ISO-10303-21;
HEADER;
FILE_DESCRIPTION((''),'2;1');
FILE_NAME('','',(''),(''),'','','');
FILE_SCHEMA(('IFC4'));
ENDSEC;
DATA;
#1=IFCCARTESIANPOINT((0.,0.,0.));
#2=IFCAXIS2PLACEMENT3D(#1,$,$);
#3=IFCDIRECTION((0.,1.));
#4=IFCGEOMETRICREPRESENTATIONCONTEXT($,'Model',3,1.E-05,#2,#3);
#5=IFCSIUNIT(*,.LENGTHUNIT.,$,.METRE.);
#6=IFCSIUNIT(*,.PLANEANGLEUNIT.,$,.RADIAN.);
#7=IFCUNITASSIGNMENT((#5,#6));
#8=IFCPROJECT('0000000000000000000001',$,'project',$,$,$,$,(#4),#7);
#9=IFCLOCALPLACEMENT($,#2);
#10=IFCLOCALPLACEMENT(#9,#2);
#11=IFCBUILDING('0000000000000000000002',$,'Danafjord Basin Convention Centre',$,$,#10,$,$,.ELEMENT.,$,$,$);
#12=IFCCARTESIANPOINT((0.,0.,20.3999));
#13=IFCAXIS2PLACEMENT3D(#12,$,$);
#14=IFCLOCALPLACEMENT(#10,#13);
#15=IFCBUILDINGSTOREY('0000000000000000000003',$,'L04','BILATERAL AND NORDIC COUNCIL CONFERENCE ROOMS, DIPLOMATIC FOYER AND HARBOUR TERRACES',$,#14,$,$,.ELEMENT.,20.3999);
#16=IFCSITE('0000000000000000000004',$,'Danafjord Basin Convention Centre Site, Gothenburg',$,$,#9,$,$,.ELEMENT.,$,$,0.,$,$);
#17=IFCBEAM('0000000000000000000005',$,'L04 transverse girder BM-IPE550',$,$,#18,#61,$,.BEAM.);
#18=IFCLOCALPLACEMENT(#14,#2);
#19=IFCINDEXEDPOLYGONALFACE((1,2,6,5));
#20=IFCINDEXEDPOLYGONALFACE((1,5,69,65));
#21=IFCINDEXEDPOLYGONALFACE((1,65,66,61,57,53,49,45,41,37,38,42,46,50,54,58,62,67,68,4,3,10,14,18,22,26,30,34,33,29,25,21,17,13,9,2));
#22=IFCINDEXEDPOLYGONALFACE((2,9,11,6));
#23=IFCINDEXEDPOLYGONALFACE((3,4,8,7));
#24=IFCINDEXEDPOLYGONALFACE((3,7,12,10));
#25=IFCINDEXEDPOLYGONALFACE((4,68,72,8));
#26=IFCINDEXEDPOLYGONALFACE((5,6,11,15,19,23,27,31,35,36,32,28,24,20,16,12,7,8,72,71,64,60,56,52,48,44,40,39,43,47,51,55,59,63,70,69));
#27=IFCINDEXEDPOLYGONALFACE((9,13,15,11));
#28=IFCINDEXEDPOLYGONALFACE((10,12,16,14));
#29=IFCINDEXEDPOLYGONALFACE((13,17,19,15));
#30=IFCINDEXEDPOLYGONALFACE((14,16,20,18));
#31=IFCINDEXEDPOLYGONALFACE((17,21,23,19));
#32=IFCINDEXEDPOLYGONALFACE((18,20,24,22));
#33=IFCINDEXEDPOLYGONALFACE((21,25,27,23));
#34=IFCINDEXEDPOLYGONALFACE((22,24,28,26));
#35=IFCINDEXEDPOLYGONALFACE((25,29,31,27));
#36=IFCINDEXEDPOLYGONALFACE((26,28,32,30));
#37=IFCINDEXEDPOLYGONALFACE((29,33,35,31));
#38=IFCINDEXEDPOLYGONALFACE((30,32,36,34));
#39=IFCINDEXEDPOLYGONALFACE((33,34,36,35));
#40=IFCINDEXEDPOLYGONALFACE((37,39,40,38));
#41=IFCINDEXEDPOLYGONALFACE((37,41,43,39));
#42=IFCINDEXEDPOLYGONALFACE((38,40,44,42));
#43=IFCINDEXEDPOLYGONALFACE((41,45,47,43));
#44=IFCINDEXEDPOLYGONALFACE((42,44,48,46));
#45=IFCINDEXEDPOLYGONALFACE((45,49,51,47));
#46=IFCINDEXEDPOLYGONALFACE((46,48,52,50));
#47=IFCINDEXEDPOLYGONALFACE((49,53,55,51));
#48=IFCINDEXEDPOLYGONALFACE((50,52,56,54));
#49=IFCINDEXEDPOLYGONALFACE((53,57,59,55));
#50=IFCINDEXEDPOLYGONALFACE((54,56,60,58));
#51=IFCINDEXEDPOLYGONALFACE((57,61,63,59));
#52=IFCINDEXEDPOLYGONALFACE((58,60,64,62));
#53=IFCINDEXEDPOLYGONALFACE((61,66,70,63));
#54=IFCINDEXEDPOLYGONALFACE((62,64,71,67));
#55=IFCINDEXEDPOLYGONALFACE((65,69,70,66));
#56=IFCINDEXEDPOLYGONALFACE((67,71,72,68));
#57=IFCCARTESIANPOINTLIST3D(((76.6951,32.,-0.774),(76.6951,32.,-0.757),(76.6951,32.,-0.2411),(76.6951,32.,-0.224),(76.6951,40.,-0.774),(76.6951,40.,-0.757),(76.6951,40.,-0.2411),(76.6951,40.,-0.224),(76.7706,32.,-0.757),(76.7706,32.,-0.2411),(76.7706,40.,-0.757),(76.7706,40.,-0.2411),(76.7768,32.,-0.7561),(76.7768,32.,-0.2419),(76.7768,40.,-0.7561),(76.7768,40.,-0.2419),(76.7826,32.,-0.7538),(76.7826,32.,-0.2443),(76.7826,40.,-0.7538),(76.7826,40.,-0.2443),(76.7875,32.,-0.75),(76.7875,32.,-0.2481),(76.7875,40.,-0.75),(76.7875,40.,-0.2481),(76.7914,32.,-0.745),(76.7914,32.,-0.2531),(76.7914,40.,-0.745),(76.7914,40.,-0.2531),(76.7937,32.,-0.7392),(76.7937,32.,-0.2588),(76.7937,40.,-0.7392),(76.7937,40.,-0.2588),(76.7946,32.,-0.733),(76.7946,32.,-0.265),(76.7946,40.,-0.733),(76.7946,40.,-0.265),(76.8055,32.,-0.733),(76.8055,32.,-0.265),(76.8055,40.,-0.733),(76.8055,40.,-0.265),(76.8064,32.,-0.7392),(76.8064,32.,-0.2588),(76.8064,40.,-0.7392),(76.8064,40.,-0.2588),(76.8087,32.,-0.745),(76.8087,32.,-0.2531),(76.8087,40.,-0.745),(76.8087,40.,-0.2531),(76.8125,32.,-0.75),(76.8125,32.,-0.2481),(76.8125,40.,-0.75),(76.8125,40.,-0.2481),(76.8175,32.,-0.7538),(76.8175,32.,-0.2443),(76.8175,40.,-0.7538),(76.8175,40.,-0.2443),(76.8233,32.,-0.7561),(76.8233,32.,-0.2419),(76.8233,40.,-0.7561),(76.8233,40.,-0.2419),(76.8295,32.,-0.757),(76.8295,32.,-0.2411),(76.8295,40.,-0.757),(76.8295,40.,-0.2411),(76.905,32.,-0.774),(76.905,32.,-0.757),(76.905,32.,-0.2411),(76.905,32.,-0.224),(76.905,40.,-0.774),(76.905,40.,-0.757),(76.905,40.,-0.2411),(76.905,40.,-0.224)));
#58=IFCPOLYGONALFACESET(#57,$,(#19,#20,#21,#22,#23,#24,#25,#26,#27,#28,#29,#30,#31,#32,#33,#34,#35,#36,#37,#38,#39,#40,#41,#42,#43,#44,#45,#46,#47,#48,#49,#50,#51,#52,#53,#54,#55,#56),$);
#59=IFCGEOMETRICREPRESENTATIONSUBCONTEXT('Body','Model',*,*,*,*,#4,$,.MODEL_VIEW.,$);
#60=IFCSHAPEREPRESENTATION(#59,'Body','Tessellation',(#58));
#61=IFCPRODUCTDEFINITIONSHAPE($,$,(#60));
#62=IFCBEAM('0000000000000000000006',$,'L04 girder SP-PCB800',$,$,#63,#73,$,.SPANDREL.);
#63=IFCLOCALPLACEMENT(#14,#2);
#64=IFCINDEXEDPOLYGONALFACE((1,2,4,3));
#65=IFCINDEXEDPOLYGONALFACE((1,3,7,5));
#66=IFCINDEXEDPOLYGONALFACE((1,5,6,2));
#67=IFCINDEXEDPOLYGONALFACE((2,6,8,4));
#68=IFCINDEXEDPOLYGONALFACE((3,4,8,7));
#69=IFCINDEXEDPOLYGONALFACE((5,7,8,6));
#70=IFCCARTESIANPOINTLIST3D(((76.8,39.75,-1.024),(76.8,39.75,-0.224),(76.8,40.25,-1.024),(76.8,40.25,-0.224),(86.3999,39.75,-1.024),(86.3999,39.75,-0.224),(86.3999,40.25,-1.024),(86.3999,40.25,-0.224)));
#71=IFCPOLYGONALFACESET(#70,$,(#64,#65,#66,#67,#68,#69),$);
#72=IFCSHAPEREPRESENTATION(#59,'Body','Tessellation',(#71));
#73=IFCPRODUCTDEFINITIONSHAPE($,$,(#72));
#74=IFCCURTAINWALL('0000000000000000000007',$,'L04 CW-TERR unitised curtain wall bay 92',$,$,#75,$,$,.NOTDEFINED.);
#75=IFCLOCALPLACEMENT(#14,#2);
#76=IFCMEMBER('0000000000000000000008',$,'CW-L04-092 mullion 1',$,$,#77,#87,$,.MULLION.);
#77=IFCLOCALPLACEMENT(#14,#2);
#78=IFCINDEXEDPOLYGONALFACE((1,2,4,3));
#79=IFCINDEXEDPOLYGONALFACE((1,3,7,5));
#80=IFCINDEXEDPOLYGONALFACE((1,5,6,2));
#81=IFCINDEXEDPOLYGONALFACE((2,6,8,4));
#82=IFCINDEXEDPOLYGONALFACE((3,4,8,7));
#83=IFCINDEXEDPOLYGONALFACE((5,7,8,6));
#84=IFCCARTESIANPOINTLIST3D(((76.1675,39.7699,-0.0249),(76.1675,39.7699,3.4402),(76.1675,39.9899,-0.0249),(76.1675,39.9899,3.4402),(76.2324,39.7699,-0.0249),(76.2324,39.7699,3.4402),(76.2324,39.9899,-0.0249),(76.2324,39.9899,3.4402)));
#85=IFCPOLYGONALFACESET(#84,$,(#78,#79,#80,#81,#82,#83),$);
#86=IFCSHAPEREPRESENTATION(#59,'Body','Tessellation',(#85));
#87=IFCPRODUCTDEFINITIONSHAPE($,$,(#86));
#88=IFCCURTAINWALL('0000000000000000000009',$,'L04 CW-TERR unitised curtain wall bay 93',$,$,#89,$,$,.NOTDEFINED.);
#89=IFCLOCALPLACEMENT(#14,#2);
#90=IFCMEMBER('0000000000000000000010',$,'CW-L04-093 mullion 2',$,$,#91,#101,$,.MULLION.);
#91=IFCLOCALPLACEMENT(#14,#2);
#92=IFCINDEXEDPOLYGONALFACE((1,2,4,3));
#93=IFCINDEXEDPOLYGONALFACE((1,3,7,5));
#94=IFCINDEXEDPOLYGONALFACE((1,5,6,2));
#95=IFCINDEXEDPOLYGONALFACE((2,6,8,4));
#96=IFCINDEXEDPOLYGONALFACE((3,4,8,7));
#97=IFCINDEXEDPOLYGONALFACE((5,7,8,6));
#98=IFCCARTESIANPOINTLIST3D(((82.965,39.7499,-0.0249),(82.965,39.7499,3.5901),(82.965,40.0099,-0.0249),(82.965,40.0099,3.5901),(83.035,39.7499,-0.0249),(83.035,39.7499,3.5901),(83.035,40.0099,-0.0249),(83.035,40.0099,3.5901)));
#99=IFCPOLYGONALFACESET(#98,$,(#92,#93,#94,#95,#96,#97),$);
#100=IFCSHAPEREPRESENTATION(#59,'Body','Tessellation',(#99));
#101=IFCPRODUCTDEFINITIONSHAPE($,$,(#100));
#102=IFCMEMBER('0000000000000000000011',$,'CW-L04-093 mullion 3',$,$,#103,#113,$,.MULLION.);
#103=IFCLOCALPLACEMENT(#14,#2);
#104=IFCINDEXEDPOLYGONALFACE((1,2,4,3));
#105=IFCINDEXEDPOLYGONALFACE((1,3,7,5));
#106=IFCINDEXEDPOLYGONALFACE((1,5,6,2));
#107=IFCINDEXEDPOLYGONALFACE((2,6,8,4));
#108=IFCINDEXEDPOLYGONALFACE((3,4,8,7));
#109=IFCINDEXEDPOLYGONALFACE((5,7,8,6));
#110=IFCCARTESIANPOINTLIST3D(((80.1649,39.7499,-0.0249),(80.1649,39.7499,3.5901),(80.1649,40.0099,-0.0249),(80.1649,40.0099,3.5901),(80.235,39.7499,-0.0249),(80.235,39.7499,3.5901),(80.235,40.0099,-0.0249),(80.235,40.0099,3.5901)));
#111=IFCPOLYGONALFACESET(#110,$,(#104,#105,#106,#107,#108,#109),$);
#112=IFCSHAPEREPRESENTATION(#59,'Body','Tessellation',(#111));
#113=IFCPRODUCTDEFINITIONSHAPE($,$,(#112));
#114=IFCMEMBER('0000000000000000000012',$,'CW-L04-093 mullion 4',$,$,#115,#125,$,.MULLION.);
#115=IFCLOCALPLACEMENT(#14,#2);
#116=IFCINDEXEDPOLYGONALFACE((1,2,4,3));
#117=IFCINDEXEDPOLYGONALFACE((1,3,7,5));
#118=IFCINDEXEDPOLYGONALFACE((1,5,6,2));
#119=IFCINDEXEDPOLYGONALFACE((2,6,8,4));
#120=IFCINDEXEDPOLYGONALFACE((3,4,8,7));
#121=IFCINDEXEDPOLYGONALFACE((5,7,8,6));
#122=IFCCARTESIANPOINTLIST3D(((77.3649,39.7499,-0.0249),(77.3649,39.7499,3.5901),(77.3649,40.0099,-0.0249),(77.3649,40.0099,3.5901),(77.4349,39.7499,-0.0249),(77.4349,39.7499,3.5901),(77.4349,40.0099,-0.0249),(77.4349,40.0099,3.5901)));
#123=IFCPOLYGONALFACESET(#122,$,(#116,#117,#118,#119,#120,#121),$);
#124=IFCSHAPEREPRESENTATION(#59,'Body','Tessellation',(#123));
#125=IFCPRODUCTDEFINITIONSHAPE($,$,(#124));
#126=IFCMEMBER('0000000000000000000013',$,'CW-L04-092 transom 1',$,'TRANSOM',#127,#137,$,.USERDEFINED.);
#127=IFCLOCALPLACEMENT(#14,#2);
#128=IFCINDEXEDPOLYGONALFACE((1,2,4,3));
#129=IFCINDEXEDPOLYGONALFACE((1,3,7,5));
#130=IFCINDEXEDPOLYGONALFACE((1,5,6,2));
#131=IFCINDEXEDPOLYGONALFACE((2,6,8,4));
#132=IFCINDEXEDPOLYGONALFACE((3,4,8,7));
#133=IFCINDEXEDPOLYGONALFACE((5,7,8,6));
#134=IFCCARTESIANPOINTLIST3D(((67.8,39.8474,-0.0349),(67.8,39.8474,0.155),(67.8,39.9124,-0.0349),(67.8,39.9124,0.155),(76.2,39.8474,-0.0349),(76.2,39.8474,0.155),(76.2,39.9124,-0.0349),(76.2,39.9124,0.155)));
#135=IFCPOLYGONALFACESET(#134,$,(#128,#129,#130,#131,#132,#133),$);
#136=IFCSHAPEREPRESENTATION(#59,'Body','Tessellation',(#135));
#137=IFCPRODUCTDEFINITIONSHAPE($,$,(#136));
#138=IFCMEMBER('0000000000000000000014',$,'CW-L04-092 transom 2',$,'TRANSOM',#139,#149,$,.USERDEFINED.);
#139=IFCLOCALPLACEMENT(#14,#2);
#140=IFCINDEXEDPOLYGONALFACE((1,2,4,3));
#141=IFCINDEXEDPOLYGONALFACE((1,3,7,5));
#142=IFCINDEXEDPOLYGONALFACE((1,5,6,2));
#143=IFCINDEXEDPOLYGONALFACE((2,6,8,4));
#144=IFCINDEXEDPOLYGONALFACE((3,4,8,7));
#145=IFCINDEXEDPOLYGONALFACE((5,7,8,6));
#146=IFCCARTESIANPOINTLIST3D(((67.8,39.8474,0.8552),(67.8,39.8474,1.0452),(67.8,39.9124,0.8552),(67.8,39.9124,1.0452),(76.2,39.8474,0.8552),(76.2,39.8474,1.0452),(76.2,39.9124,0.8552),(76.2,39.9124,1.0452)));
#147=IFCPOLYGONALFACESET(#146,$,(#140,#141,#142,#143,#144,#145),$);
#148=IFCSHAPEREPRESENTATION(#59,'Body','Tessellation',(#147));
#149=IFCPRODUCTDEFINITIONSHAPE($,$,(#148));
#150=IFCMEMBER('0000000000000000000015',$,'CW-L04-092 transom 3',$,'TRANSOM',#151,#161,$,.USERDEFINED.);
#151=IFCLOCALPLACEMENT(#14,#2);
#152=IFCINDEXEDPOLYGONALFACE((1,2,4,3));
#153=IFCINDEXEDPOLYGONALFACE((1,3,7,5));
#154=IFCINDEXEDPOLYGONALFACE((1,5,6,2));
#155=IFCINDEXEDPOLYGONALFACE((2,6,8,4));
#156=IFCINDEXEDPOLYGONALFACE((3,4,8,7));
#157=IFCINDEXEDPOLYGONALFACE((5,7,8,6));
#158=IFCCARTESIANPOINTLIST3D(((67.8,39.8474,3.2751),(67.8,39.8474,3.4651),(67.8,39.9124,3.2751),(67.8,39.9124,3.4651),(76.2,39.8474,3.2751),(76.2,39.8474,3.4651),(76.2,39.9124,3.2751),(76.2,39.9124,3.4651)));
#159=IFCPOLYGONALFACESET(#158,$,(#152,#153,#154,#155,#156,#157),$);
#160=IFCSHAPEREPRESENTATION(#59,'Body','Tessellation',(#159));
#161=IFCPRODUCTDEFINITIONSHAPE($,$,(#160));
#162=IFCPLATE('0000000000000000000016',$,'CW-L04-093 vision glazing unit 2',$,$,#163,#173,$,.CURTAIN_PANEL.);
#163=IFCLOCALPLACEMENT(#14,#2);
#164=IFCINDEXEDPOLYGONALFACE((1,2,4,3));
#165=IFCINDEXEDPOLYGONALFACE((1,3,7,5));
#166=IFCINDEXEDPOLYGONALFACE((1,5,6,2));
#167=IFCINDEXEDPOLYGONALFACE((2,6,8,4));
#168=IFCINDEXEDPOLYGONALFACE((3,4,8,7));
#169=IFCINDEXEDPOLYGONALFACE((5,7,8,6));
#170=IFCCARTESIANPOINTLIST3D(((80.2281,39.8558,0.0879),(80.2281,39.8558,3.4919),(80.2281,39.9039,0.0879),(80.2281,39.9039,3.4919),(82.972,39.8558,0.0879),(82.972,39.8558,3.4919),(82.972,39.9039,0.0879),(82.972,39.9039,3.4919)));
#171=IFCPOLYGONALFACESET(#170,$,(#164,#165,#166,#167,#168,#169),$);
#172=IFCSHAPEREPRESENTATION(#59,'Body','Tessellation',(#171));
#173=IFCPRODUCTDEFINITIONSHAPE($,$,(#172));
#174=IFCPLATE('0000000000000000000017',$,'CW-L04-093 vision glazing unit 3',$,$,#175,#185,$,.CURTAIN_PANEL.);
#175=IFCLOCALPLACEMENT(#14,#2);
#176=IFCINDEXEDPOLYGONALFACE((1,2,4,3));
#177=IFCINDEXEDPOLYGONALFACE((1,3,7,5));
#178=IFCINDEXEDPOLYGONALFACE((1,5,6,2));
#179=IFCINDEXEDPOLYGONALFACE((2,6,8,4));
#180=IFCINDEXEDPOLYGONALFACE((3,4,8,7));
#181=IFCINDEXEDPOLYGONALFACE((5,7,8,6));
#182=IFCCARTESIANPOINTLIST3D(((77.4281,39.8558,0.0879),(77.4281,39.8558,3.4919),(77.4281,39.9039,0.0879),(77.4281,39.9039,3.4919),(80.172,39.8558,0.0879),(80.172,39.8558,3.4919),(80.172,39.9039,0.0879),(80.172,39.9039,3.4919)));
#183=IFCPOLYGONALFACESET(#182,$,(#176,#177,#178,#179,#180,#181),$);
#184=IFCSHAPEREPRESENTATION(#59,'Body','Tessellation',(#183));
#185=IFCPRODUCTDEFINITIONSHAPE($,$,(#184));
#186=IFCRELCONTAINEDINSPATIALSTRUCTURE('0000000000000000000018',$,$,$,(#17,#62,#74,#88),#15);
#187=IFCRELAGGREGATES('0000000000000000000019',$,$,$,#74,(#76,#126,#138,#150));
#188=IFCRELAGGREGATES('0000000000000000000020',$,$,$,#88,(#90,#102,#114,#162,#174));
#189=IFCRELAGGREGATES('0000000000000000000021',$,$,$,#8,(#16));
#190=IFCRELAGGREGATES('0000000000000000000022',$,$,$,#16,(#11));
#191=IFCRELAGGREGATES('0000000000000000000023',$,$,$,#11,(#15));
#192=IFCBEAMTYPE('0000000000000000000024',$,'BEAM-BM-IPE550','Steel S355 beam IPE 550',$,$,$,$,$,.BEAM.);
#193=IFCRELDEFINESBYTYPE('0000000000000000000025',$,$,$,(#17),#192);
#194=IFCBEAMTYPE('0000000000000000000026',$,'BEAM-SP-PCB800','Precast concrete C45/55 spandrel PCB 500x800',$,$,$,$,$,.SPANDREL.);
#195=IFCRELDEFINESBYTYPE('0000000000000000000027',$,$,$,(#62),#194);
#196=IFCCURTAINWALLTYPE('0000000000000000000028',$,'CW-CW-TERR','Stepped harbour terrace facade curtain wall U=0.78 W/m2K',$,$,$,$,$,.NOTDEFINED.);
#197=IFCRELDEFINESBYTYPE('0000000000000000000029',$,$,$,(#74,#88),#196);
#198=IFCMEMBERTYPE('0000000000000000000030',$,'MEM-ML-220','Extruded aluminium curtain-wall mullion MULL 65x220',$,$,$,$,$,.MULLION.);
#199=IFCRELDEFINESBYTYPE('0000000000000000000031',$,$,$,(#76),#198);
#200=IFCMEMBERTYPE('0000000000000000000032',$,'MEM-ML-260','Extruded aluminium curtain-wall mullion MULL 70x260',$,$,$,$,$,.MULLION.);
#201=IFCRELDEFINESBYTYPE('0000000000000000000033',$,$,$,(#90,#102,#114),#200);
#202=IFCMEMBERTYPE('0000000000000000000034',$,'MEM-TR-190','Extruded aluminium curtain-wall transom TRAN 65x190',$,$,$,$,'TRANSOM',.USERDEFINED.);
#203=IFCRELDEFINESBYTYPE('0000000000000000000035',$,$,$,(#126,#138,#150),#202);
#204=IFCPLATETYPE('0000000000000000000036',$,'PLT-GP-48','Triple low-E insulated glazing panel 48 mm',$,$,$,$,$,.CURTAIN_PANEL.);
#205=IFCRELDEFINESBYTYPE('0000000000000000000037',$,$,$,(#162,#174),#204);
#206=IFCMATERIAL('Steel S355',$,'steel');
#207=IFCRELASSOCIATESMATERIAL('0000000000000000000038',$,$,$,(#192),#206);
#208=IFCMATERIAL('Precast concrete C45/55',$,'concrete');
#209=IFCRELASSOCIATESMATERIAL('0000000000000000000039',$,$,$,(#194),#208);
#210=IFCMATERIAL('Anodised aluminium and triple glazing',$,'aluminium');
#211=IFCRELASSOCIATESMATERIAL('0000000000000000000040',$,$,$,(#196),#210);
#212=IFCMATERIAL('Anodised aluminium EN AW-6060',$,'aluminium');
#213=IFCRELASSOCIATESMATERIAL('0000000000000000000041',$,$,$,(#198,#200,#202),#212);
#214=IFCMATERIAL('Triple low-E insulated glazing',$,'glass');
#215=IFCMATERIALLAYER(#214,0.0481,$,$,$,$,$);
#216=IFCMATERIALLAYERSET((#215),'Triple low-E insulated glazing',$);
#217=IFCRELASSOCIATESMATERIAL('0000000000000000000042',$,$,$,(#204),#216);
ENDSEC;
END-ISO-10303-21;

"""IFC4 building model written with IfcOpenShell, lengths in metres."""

from ifc_helpers import new_model, si_unit, direction, frame, origin, origin_2d, place, context, subcontext, project, spatial, rectangle, i_section, extrude, material, layer, layer_set, material_profile, profile_set, type_object, element, aggregate, save


model = new_model("IFC4")

# Units and contexts
model_context = context("Model", 3, precision=1e-05, world=origin(), true_north=direction((0.0, 1.0)))
body_context = subcontext(model_context, "Body", "Model", "MODEL_VIEW")
ifc_project = project(units=[si_unit("LENGTHUNIT", "METRE"), si_unit("PLANEANGLEUNIT", "RADIAN")], contexts=[model_context])

# Site, building, storey
site_placement = place(None, origin())
site = spatial("IfcSite", under=ifc_project, at=site_placement, Name="Danafjord Basin Convention Centre Site, Gothenburg", CompositionType="ELEMENT", RefElevation=0.0)
building_placement = place(site_placement, origin())
building = spatial("IfcBuilding", under=site, at=building_placement, Name="Danafjord Basin Convention Centre", CompositionType="ELEMENT")
storey_placement = place(building_placement, frame((0.0, 0.0, 20.3999)))
storey = spatial("IfcBuildingStorey", under=building, at=storey_placement, Name="L04", Description="BILATERAL AND NORDIC COUNCIL CONFERENCE ROOMS, DIPLOMATIC FOYER AND HARBOUR TERRACES", CompositionType="ELEMENT", Elevation=20.3999)

# Shared definitions
ifc_material_1 = material(Name="Steel S355", Category="steel")

# Beams
ifc_material_profile_1 = material_profile(ifc_material_1, i_section(OverallWidth=0.21, OverallDepth=0.55, WebThickness=0.011, FlangeThickness=0.0171, FilletRadius=0.0239, at=origin_2d()), Name="IPE 550")
ifc_profile_set_1 = profile_set([ifc_material_profile_1], Name="Steel S355")
beam_type_1 = type_object("IfcBeamType", Name="BEAM-BM-IPE550", Description="Steel S355 beam IPE 550", PredefinedType="BEAM", material=ifc_profile_set_1)
beam_1_placement = place(storey_placement, frame((76.8, 32.0, -0.499), z_axis=(0.0, 1.0, 0.0), x_axis=(-1.0, 0.0, 0.0)))
element("IfcBeam", 1, at=beam_1_placement, inside=storey, type_object=beam_type_1, Name="L04 transverse girder BM-IPE550", PredefinedType="BEAM", context=body_context, shape_type="SweptSolid", body=[
    extrude(i_section(OverallWidth=0.21, OverallDepth=0.55, WebThickness=0.011, FlangeThickness=0.0171, FilletRadius=0.0239, at=origin_2d()), origin(), (0.0, 0.0, 1.0), 8.0),
])
ifc_material_2 = material(Name="Precast concrete C45/55", Category="concrete")
ifc_material_profile_2 = material_profile(ifc_material_2, rectangle(XDim=0.5, YDim=0.8, at=origin_2d()), Name="PCB 500x800")
ifc_profile_set_2 = profile_set([ifc_material_profile_2], Name="Precast concrete C45/55")
beam_type_2 = type_object("IfcBeamType", Name="BEAM-SP-PCB800", Description="Precast concrete C45/55 spandrel PCB 500x800", PredefinedType="SPANDREL", material=ifc_profile_set_2)
beam_2_placement = place(storey_placement, frame((76.8, 40.0, -0.624), z_axis=(1.0, 0.0, 0.0), x_axis=(0.0, 1.0, 0.0)))
element("IfcBeam", 2, at=beam_2_placement, inside=storey, type_object=beam_type_2, Name="L04 girder SP-PCB800", PredefinedType="SPANDREL", context=body_context, shape_type="SweptSolid", body=[
    extrude(rectangle(XDim=0.5, YDim=0.8, at=origin_2d()), origin(), (0.0, 0.0, 1.0), 9.5999),
])

# Curtain wall, member
ifc_material_3 = material(Name="Anodised aluminium and triple glazing", Category="aluminium")
curtain_wall_type = type_object("IfcCurtainWallType", Name="CW-CW-TERR", Description="Stepped harbour terrace facade curtain wall U=0.78 W/m2K", PredefinedType="NOTDEFINED", material=ifc_material_3)
curtain_wall_1_placement = place(storey_placement, origin())
curtain_wall_1 = element("IfcCurtainWall", 3, at=curtain_wall_1_placement, inside=storey, type_object=curtain_wall_type, Name="L04 CW-TERR unitised curtain wall bay 92", PredefinedType="NOTDEFINED")
ifc_material_4 = material(Name="Anodised aluminium EN AW-6060", Category="aluminium")
ifc_material_profile_3 = material_profile(ifc_material_4, rectangle(XDim=0.0649, YDim=0.22, at=origin_2d()), Name="MULL 65x220")
ifc_profile_set_3 = profile_set([ifc_material_profile_3], Name="Anodised aluminium EN AW-6060")
member_type_1 = type_object("IfcMemberType", Name="MEM-ML-220", Description="Extruded aluminium curtain-wall mullion MULL 65x220", PredefinedType="MULLION", material=ifc_profile_set_3)
member_1_placement = place(storey_placement, frame((76.2, 39.8799, -0.0249), z_axis=(0.0, 0.0, 1.0), x_axis=(-1.0, 0.0, 0.0)))
member_1 = element("IfcMember", 4, at=member_1_placement, type_object=member_type_1, Name="CW-L04-092 mullion 1", PredefinedType="MULLION", context=body_context, shape_type="SweptSolid", body=[
    extrude(rectangle(XDim=0.0649, YDim=0.22, at=origin_2d()), origin(), (0.0, 0.0, 1.0), 3.4651),
])

# Curtain wall, members
curtain_wall_2_placement = place(storey_placement, origin())
curtain_wall_2 = element("IfcCurtainWall", 5, at=curtain_wall_2_placement, inside=storey, type_object=curtain_wall_type, Name="L04 CW-TERR unitised curtain wall bay 93", PredefinedType="NOTDEFINED")
ifc_material_profile_4 = material_profile(ifc_material_4, rectangle(XDim=0.0701, YDim=0.26, at=origin_2d()), Name="MULL 70x260")
ifc_profile_set_4 = profile_set([ifc_material_profile_4], Name="Anodised aluminium EN AW-6060")
member_type_2 = type_object("IfcMemberType", Name="MEM-ML-260", Description="Extruded aluminium curtain-wall mullion MULL 70x260", PredefinedType="MULLION", material=ifc_profile_set_4)
member_2_placement = place(storey_placement, frame((83.0, 39.8799, -0.0249), z_axis=(0.0, 0.0, 1.0), x_axis=(-1.0, 0.0, 0.0)))
member_2 = element("IfcMember", 6, at=member_2_placement, type_object=member_type_2, Name="CW-L04-093 mullion 2", PredefinedType="MULLION", context=body_context, shape_type="SweptSolid", body=[
    extrude(rectangle(XDim=0.0701, YDim=0.26, at=origin_2d()), origin(), (0.0, 0.0, 1.0), 3.615),
])
member_3_placement = place(storey_placement, frame((80.2, 39.8799, -0.0249), z_axis=(0.0, 0.0, 1.0), x_axis=(-1.0, 0.0, 0.0)))
member_3 = element("IfcMember", 7, at=member_3_placement, type_object=member_type_2, Name="CW-L04-093 mullion 3", PredefinedType="MULLION", context=body_context, shape_type="SweptSolid", body=[
    extrude(rectangle(XDim=0.0701, YDim=0.26, at=origin_2d()), origin(), (0.0, 0.0, 1.0), 3.615),
])
member_4_placement = place(storey_placement, frame((77.3999, 39.8799, -0.0249), z_axis=(0.0, 0.0, 1.0), x_axis=(-1.0, 0.0, 0.0)))
member_4 = element("IfcMember", 8, at=member_4_placement, type_object=member_type_2, Name="CW-L04-093 mullion 4", PredefinedType="MULLION", context=body_context, shape_type="SweptSolid", body=[
    extrude(rectangle(XDim=0.0701, YDim=0.26, at=origin_2d()), origin(), (0.0, 0.0, 1.0), 3.615),
])

# Members
ifc_material_profile_5 = material_profile(ifc_material_4, rectangle(XDim=0.0649, YDim=0.1899, at=origin_2d()), Name="TRAN 65x190")
ifc_profile_set_5 = profile_set([ifc_material_profile_5], Name="Anodised aluminium EN AW-6060")
member_type_3 = type_object("IfcMemberType", Name="MEM-TR-190", Description="Extruded aluminium curtain-wall transom TRAN 65x190", ElementType="TRANSOM", PredefinedType="USERDEFINED", material=ifc_profile_set_5)
member_5_placement = place(storey_placement, frame((76.2, 39.8799, 0.0601), z_axis=(-1.0, 0.0, 0.0), x_axis=(0.0, -1.0, 0.0)))
member_5 = element("IfcMember", 9, at=member_5_placement, type_object=member_type_3, Name="CW-L04-092 transom 1", ObjectType="TRANSOM", PredefinedType="USERDEFINED", context=body_context, shape_type="SweptSolid", body=[
    extrude(rectangle(XDim=0.0649, YDim=0.1899, at=origin_2d()), origin(), (0.0, 0.0, 1.0), 8.3999),
])
member_6_placement = place(storey_placement, frame((76.2, 39.8799, 0.9502), z_axis=(-1.0, 0.0, 0.0), x_axis=(0.0, -1.0, 0.0)))
member_6 = element("IfcMember", 10, at=member_6_placement, type_object=member_type_3, Name="CW-L04-092 transom 2", ObjectType="TRANSOM", PredefinedType="USERDEFINED", context=body_context, shape_type="SweptSolid", body=[
    extrude(rectangle(XDim=0.0649, YDim=0.1899, at=origin_2d()), origin(), (0.0, 0.0, 1.0), 8.3999),
])
member_7_placement = place(storey_placement, frame((76.2, 39.8799, 3.3701), z_axis=(-1.0, 0.0, 0.0), x_axis=(0.0, -1.0, 0.0)))
member_7 = element("IfcMember", 11, at=member_7_placement, type_object=member_type_3, Name="CW-L04-092 transom 3", ObjectType="TRANSOM", PredefinedType="USERDEFINED", context=body_context, shape_type="SweptSolid", body=[
    extrude(rectangle(XDim=0.0649, YDim=0.1899, at=origin_2d()), origin(), (0.0, 0.0, 1.0), 8.3999),
])
aggregate(curtain_wall_1, [member_1, member_5, member_6, member_7])

# Plates
ifc_material_5 = material(Name="Triple low-E insulated glazing", Category="glass")
ifc_layer_1 = layer(ifc_material_5, 0.0481)
ifc_layer_set_1 = layer_set([ifc_layer_1], Name="Triple low-E insulated glazing")
plate_type = type_object("IfcPlateType", Name="PLT-GP-48", Description="Triple low-E insulated glazing panel 48 mm", PredefinedType="CURTAIN_PANEL", material=ifc_layer_set_1)
plate_1_placement = place(storey_placement, frame((81.6001, 39.8799, 0.0879), z_axis=(0.0, 0.0, 1.0), x_axis=(-1.0, 0.0, 0.0)))
plate_1 = element("IfcPlate", 12, at=plate_1_placement, type_object=plate_type, Name="CW-L04-093 vision glazing unit 2", PredefinedType="CURTAIN_PANEL", context=body_context, shape_type="SweptSolid", body=[
    extrude(rectangle(XDim=2.7439, YDim=0.0481, at=origin_2d()), origin(), (0.0, 0.0, 1.0), 3.4041),
])
plate_2_placement = place(storey_placement, frame((78.8, 39.8799, 0.0879), z_axis=(0.0, 0.0, 1.0), x_axis=(-1.0, 0.0, 0.0)))
plate_2 = element("IfcPlate", 13, at=plate_2_placement, type_object=plate_type, Name="CW-L04-093 vision glazing unit 3", PredefinedType="CURTAIN_PANEL", context=body_context, shape_type="SweptSolid", body=[
    extrude(rectangle(XDim=2.7439, YDim=0.0481, at=origin_2d()), origin(), (0.0, 0.0, 1.0), 3.4041),
])
aggregate(curtain_wall_2, [member_2, member_3, member_4, plate_1, plate_2])

save(model, "model.ifc")
